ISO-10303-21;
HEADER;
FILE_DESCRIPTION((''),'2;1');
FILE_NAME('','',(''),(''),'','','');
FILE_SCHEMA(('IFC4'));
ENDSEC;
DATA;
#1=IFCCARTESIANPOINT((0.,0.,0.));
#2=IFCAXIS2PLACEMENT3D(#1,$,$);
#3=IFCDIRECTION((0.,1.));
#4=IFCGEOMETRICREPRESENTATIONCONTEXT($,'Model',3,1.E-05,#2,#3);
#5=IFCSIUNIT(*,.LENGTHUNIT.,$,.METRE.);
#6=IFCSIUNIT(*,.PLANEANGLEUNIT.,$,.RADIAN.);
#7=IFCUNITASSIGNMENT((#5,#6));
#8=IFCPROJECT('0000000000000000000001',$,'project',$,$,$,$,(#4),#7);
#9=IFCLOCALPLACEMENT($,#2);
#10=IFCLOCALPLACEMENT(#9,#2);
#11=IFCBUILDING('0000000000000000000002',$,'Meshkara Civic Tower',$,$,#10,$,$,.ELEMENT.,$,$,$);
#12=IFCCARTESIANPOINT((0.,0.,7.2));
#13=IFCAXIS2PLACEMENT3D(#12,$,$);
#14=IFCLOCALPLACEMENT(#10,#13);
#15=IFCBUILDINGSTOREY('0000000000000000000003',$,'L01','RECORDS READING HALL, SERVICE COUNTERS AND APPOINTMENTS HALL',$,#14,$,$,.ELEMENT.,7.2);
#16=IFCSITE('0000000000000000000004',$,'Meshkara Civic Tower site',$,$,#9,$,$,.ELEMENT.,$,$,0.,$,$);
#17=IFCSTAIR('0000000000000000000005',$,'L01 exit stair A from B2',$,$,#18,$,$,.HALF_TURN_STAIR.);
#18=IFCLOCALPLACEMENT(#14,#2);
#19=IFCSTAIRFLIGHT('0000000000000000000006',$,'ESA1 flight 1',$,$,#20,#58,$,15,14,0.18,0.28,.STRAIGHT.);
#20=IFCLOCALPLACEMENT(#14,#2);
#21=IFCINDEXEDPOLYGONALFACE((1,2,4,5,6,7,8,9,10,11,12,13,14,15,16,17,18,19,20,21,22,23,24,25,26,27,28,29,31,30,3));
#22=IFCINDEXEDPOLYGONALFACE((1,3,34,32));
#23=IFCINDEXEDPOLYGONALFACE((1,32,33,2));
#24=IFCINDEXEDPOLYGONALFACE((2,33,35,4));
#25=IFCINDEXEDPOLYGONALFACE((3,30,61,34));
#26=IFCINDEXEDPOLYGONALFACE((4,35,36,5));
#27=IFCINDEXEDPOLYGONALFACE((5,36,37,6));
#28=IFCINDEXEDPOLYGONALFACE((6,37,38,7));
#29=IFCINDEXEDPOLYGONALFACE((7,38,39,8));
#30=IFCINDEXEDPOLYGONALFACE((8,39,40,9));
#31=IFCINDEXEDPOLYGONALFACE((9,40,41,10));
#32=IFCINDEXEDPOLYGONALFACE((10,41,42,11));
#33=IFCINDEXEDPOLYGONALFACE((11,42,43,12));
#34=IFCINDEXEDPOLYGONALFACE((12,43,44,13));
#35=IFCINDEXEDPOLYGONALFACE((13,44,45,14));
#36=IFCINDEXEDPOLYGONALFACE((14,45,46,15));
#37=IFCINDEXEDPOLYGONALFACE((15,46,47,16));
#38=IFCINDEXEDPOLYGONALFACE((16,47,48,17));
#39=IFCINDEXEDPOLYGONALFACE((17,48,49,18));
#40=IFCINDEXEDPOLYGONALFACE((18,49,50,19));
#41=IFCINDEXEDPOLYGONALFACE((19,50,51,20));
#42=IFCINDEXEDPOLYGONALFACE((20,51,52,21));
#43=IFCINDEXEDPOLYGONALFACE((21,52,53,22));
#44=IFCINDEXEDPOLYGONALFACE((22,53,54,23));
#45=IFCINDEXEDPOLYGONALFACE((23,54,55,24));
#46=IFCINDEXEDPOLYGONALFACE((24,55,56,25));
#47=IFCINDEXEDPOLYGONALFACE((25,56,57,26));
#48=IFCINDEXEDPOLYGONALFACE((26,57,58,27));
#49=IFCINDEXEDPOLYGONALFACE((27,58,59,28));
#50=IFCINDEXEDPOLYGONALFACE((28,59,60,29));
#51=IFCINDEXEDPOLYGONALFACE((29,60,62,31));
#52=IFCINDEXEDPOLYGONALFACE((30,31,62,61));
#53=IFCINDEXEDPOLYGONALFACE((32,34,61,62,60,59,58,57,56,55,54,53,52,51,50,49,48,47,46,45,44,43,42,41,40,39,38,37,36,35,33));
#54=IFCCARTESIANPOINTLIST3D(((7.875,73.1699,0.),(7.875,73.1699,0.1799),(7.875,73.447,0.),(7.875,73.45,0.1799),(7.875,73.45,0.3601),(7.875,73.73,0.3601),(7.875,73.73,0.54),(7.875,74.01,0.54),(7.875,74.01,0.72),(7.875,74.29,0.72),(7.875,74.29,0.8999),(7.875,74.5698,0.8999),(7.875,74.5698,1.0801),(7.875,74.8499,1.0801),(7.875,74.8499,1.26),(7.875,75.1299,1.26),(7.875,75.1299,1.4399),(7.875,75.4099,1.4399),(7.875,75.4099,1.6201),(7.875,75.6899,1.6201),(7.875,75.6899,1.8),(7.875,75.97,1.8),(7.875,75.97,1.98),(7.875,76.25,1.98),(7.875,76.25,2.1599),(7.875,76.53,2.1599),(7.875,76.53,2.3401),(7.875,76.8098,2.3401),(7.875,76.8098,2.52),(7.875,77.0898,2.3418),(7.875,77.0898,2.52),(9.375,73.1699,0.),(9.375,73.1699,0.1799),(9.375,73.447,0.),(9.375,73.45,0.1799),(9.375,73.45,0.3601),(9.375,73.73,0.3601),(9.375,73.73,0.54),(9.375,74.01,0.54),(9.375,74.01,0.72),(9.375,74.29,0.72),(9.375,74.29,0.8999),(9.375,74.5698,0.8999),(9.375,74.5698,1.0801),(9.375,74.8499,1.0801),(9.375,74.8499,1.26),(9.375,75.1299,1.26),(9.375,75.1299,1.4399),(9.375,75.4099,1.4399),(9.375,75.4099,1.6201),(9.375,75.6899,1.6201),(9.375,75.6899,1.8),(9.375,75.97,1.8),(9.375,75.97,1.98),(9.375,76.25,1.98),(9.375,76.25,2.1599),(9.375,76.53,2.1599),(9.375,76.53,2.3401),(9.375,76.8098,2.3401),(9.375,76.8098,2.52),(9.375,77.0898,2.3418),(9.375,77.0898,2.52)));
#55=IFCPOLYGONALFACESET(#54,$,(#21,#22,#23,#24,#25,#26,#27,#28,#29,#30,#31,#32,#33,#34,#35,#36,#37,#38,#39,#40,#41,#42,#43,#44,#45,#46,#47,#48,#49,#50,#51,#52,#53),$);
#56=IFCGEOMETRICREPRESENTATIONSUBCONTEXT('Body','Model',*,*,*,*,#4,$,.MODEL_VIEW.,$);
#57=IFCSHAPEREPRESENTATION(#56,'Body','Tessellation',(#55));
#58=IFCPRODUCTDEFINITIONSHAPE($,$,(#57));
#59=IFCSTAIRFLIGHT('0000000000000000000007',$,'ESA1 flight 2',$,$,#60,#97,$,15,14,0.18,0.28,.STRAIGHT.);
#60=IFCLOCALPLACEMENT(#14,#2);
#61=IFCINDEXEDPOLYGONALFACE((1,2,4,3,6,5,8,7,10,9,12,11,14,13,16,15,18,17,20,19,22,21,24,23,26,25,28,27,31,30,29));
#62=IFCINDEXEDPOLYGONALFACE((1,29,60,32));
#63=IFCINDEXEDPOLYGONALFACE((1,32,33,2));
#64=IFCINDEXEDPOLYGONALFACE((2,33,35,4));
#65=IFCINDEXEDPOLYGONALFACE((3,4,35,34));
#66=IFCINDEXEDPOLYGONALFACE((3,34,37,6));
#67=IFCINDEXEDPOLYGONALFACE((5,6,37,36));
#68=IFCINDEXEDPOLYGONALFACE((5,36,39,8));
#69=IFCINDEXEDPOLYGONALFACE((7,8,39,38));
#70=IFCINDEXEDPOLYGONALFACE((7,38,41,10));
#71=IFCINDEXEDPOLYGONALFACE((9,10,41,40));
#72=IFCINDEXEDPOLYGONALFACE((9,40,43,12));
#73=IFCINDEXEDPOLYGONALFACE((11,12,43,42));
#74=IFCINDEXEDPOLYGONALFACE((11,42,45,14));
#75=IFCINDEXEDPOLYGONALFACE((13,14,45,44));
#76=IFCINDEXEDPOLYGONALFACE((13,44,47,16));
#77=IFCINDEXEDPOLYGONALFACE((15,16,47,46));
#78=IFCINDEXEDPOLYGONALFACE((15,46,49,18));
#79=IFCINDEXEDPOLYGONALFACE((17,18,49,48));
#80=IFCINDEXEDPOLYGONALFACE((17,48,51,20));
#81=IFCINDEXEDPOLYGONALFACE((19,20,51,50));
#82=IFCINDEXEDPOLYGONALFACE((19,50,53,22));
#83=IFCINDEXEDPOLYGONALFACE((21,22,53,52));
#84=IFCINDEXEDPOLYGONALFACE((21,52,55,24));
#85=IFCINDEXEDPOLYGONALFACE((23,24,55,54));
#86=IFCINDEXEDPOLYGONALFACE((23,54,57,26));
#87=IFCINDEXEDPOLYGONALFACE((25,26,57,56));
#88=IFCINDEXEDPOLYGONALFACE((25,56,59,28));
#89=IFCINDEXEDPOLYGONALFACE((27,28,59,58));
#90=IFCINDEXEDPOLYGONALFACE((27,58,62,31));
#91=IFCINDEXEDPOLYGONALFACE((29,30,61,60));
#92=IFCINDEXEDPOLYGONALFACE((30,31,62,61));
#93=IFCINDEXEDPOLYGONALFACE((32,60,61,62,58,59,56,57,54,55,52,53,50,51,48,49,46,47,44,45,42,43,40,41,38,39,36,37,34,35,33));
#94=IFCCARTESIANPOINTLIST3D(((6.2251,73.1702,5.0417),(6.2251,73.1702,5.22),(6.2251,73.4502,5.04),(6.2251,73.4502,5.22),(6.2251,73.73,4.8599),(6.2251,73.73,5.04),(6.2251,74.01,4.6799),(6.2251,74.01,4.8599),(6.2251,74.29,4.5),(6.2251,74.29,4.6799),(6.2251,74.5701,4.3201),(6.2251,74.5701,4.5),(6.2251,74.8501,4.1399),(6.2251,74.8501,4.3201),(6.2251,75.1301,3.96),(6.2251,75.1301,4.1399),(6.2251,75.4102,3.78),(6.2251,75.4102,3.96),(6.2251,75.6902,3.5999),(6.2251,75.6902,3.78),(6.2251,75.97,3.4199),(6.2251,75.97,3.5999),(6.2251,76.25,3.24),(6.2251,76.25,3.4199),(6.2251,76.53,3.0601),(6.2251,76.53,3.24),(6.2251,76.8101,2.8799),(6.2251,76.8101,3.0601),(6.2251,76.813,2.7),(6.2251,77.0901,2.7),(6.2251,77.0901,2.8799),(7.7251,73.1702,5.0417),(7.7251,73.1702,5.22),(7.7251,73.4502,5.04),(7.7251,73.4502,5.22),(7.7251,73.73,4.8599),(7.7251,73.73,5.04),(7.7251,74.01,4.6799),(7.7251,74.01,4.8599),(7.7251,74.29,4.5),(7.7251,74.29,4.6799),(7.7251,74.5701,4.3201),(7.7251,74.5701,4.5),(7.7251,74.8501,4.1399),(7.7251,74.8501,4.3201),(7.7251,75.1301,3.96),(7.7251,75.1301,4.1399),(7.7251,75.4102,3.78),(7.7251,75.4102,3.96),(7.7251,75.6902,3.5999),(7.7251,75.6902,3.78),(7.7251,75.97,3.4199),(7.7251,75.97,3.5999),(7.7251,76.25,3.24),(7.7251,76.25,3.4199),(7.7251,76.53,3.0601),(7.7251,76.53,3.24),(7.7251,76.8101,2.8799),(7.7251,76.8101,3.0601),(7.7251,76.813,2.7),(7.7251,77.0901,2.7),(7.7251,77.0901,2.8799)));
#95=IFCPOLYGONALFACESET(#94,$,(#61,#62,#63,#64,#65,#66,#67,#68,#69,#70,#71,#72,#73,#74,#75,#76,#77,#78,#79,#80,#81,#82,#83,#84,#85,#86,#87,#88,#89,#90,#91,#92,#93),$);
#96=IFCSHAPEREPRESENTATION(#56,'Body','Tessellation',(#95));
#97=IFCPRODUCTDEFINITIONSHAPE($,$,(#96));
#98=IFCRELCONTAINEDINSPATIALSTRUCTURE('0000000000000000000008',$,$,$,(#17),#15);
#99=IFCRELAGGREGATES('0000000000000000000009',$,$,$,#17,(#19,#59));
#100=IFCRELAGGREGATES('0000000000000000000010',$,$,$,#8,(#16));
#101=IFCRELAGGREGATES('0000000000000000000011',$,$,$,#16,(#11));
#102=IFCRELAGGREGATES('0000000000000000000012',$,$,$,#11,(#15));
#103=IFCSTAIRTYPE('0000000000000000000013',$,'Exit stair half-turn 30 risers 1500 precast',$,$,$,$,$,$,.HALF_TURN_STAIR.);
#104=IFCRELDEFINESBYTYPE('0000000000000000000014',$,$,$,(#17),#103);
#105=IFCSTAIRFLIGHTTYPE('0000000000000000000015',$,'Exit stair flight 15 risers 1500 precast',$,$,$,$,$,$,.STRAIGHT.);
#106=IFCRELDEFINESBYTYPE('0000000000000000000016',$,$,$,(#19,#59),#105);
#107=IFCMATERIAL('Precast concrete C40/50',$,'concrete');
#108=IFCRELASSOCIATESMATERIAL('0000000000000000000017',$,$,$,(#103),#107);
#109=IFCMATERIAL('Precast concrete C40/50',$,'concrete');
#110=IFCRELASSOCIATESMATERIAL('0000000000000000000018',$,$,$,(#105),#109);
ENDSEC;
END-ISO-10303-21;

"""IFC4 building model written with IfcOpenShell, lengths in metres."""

from ifc_helpers import new_model, si_unit, direction, frame, origin, place, context, subcontext, project, spatial, polyline, outline, extrude, material, type_object, element, aggregate, save


model = new_model("IFC4")

# Units and contexts
model_context = context("Model", 3, precision=1e-05, world=origin(), true_north=direction((0.0, 1.0)))
body_context = subcontext(model_context, "Body", "Model", "MODEL_VIEW")
ifc_project = project(units=[si_unit("LENGTHUNIT", "METRE"), si_unit("PLANEANGLEUNIT", "RADIAN")], contexts=[model_context])

# Site, building, storey
site_placement = place(None, origin())
site = spatial("IfcSite", under=ifc_project, at=site_placement, Name="Meshkara Civic Tower site", CompositionType="ELEMENT", RefElevation=0.0)
building_placement = place(site_placement, origin())
building = spatial("IfcBuilding", under=site, at=building_placement, Name="Meshkara Civic Tower", CompositionType="ELEMENT")
storey_placement = place(building_placement, frame((0.0, 0.0, 7.2)))
storey = spatial("IfcBuildingStorey", under=building, at=storey_placement, Name="L01", Description="RECORDS READING HALL, SERVICE COUNTERS AND APPOINTMENTS HALL", CompositionType="ELEMENT", Elevation=7.2)

# Stair, stair flights
ifc_material_1 = material(Name="Precast concrete C40/50", Category="concrete")
stair_type = type_object("IfcStairType", Name="Exit stair half-turn 30 risers 1500 precast", PredefinedType="HALF_TURN_STAIR", material=ifc_material_1)
stair_placement = place(storey_placement, origin())
stair = element("IfcStair", 1, at=stair_placement, inside=storey, type_object=stair_type, Name="L01 exit stair A from B2", PredefinedType="HALF_TURN_STAIR")
ifc_material_2 = material(Name="Precast concrete C40/50", Category="concrete")
stair_flight_type = type_object("IfcStairFlightType", Name="Exit stair flight 15 risers 1500 precast", PredefinedType="STRAIGHT", material=ifc_material_2)
stair_flight_1_placement = place(storey_placement, frame((8.625, 73.1699, 0.0), z_axis=(0.0, 0.0, 1.0), x_axis=(0.0, 1.0, 0.0)))
stair_flight_1 = element("IfcStairFlight", 2, at=stair_flight_1_placement, type_object=stair_flight_type, Name="ESA1 flight 1", NumberOfRisers=15, NumberOfTreads=14, PredefinedType="STRAIGHT", RiserHeight=0.18, TreadLength=0.28, context=body_context, shape_type="SweptSolid", body=[
    extrude(outline(polyline([(0.0, 0.0), (0.0, 0.1799), (0.28, 0.1799), (0.28, 0.3601), (0.5601, 0.3601), (0.5601, 0.54), (0.8401, 0.54), (0.8401, 0.72), (1.1201, 0.72), (1.1201, 0.8999), (1.3999, 0.8999), (1.3999, 1.0801), (1.6799, 1.0801), (1.6799, 1.26), (1.96, 1.26), (1.96, 1.4399), (2.24, 1.4399), (2.24, 1.6201), (2.52, 1.6201), (2.52, 1.8), (2.8, 1.8), (2.8, 1.98), (3.0801, 1.98), (3.0801, 2.1599), (3.3601, 2.1599), (3.3601, 2.3401), (3.6399, 2.3401), (3.6399, 2.52), (3.9199, 2.52), (3.9199, 2.7), (3.9199, 2.3418), (0.2771, 0.0), (0.0, 0.0)])), frame((0.0, 0.75, 0.0), z_axis=(0.0, -1.0, 0.0), x_axis=(1.0, 0.0, 0.0)), (0.0, 0.0, 1.0), 1.5),
])
stair_flight_2_placement = place(storey_placement, frame((6.9751, 77.0901, 2.7), z_axis=(0.0, 0.0, 1.0), x_axis=(0.0, -1.0, 0.0)))
stair_flight_2 = element("IfcStairFlight", 3, at=stair_flight_2_placement, type_object=stair_flight_type, Name="ESA1 flight 2", NumberOfRisers=15, NumberOfTreads=14, PredefinedType="STRAIGHT", RiserHeight=0.18, TreadLength=0.28, context=body_context, shape_type="SweptSolid", body=[
    extrude(outline(polyline([(0.0, 0.0), (0.0, 0.1799), (0.28, 0.1799), (0.28, 0.3601), (0.5601, 0.3601), (0.5601, 0.54), (0.8401, 0.54), (0.8401, 0.72), (1.1201, 0.72), (1.1201, 0.8999), (1.3999, 0.8999), (1.3999, 1.0801), (1.6799, 1.0801), (1.6799, 1.26), (1.96, 1.26), (1.96, 1.4399), (2.24, 1.4399), (2.24, 1.6201), (2.52, 1.6201), (2.52, 1.8), (2.8, 1.8), (2.8, 1.98), (3.0801, 1.98), (3.0801, 2.1599), (3.3601, 2.1599), (3.3601, 2.3401), (3.6399, 2.3401), (3.6399, 2.52), (3.9199, 2.52), (3.9199, 2.7), (3.9199, 2.3418), (0.2771, 0.0), (0.0, 0.0)])), frame((0.0, 0.75, 0.0), z_axis=(0.0, -1.0, 0.0), x_axis=(1.0, 0.0, 0.0)), (0.0, 0.0, 1.0), 1.5),
])
aggregate(stair, [stair_flight_1, stair_flight_2])

save(model, "model.ifc")
